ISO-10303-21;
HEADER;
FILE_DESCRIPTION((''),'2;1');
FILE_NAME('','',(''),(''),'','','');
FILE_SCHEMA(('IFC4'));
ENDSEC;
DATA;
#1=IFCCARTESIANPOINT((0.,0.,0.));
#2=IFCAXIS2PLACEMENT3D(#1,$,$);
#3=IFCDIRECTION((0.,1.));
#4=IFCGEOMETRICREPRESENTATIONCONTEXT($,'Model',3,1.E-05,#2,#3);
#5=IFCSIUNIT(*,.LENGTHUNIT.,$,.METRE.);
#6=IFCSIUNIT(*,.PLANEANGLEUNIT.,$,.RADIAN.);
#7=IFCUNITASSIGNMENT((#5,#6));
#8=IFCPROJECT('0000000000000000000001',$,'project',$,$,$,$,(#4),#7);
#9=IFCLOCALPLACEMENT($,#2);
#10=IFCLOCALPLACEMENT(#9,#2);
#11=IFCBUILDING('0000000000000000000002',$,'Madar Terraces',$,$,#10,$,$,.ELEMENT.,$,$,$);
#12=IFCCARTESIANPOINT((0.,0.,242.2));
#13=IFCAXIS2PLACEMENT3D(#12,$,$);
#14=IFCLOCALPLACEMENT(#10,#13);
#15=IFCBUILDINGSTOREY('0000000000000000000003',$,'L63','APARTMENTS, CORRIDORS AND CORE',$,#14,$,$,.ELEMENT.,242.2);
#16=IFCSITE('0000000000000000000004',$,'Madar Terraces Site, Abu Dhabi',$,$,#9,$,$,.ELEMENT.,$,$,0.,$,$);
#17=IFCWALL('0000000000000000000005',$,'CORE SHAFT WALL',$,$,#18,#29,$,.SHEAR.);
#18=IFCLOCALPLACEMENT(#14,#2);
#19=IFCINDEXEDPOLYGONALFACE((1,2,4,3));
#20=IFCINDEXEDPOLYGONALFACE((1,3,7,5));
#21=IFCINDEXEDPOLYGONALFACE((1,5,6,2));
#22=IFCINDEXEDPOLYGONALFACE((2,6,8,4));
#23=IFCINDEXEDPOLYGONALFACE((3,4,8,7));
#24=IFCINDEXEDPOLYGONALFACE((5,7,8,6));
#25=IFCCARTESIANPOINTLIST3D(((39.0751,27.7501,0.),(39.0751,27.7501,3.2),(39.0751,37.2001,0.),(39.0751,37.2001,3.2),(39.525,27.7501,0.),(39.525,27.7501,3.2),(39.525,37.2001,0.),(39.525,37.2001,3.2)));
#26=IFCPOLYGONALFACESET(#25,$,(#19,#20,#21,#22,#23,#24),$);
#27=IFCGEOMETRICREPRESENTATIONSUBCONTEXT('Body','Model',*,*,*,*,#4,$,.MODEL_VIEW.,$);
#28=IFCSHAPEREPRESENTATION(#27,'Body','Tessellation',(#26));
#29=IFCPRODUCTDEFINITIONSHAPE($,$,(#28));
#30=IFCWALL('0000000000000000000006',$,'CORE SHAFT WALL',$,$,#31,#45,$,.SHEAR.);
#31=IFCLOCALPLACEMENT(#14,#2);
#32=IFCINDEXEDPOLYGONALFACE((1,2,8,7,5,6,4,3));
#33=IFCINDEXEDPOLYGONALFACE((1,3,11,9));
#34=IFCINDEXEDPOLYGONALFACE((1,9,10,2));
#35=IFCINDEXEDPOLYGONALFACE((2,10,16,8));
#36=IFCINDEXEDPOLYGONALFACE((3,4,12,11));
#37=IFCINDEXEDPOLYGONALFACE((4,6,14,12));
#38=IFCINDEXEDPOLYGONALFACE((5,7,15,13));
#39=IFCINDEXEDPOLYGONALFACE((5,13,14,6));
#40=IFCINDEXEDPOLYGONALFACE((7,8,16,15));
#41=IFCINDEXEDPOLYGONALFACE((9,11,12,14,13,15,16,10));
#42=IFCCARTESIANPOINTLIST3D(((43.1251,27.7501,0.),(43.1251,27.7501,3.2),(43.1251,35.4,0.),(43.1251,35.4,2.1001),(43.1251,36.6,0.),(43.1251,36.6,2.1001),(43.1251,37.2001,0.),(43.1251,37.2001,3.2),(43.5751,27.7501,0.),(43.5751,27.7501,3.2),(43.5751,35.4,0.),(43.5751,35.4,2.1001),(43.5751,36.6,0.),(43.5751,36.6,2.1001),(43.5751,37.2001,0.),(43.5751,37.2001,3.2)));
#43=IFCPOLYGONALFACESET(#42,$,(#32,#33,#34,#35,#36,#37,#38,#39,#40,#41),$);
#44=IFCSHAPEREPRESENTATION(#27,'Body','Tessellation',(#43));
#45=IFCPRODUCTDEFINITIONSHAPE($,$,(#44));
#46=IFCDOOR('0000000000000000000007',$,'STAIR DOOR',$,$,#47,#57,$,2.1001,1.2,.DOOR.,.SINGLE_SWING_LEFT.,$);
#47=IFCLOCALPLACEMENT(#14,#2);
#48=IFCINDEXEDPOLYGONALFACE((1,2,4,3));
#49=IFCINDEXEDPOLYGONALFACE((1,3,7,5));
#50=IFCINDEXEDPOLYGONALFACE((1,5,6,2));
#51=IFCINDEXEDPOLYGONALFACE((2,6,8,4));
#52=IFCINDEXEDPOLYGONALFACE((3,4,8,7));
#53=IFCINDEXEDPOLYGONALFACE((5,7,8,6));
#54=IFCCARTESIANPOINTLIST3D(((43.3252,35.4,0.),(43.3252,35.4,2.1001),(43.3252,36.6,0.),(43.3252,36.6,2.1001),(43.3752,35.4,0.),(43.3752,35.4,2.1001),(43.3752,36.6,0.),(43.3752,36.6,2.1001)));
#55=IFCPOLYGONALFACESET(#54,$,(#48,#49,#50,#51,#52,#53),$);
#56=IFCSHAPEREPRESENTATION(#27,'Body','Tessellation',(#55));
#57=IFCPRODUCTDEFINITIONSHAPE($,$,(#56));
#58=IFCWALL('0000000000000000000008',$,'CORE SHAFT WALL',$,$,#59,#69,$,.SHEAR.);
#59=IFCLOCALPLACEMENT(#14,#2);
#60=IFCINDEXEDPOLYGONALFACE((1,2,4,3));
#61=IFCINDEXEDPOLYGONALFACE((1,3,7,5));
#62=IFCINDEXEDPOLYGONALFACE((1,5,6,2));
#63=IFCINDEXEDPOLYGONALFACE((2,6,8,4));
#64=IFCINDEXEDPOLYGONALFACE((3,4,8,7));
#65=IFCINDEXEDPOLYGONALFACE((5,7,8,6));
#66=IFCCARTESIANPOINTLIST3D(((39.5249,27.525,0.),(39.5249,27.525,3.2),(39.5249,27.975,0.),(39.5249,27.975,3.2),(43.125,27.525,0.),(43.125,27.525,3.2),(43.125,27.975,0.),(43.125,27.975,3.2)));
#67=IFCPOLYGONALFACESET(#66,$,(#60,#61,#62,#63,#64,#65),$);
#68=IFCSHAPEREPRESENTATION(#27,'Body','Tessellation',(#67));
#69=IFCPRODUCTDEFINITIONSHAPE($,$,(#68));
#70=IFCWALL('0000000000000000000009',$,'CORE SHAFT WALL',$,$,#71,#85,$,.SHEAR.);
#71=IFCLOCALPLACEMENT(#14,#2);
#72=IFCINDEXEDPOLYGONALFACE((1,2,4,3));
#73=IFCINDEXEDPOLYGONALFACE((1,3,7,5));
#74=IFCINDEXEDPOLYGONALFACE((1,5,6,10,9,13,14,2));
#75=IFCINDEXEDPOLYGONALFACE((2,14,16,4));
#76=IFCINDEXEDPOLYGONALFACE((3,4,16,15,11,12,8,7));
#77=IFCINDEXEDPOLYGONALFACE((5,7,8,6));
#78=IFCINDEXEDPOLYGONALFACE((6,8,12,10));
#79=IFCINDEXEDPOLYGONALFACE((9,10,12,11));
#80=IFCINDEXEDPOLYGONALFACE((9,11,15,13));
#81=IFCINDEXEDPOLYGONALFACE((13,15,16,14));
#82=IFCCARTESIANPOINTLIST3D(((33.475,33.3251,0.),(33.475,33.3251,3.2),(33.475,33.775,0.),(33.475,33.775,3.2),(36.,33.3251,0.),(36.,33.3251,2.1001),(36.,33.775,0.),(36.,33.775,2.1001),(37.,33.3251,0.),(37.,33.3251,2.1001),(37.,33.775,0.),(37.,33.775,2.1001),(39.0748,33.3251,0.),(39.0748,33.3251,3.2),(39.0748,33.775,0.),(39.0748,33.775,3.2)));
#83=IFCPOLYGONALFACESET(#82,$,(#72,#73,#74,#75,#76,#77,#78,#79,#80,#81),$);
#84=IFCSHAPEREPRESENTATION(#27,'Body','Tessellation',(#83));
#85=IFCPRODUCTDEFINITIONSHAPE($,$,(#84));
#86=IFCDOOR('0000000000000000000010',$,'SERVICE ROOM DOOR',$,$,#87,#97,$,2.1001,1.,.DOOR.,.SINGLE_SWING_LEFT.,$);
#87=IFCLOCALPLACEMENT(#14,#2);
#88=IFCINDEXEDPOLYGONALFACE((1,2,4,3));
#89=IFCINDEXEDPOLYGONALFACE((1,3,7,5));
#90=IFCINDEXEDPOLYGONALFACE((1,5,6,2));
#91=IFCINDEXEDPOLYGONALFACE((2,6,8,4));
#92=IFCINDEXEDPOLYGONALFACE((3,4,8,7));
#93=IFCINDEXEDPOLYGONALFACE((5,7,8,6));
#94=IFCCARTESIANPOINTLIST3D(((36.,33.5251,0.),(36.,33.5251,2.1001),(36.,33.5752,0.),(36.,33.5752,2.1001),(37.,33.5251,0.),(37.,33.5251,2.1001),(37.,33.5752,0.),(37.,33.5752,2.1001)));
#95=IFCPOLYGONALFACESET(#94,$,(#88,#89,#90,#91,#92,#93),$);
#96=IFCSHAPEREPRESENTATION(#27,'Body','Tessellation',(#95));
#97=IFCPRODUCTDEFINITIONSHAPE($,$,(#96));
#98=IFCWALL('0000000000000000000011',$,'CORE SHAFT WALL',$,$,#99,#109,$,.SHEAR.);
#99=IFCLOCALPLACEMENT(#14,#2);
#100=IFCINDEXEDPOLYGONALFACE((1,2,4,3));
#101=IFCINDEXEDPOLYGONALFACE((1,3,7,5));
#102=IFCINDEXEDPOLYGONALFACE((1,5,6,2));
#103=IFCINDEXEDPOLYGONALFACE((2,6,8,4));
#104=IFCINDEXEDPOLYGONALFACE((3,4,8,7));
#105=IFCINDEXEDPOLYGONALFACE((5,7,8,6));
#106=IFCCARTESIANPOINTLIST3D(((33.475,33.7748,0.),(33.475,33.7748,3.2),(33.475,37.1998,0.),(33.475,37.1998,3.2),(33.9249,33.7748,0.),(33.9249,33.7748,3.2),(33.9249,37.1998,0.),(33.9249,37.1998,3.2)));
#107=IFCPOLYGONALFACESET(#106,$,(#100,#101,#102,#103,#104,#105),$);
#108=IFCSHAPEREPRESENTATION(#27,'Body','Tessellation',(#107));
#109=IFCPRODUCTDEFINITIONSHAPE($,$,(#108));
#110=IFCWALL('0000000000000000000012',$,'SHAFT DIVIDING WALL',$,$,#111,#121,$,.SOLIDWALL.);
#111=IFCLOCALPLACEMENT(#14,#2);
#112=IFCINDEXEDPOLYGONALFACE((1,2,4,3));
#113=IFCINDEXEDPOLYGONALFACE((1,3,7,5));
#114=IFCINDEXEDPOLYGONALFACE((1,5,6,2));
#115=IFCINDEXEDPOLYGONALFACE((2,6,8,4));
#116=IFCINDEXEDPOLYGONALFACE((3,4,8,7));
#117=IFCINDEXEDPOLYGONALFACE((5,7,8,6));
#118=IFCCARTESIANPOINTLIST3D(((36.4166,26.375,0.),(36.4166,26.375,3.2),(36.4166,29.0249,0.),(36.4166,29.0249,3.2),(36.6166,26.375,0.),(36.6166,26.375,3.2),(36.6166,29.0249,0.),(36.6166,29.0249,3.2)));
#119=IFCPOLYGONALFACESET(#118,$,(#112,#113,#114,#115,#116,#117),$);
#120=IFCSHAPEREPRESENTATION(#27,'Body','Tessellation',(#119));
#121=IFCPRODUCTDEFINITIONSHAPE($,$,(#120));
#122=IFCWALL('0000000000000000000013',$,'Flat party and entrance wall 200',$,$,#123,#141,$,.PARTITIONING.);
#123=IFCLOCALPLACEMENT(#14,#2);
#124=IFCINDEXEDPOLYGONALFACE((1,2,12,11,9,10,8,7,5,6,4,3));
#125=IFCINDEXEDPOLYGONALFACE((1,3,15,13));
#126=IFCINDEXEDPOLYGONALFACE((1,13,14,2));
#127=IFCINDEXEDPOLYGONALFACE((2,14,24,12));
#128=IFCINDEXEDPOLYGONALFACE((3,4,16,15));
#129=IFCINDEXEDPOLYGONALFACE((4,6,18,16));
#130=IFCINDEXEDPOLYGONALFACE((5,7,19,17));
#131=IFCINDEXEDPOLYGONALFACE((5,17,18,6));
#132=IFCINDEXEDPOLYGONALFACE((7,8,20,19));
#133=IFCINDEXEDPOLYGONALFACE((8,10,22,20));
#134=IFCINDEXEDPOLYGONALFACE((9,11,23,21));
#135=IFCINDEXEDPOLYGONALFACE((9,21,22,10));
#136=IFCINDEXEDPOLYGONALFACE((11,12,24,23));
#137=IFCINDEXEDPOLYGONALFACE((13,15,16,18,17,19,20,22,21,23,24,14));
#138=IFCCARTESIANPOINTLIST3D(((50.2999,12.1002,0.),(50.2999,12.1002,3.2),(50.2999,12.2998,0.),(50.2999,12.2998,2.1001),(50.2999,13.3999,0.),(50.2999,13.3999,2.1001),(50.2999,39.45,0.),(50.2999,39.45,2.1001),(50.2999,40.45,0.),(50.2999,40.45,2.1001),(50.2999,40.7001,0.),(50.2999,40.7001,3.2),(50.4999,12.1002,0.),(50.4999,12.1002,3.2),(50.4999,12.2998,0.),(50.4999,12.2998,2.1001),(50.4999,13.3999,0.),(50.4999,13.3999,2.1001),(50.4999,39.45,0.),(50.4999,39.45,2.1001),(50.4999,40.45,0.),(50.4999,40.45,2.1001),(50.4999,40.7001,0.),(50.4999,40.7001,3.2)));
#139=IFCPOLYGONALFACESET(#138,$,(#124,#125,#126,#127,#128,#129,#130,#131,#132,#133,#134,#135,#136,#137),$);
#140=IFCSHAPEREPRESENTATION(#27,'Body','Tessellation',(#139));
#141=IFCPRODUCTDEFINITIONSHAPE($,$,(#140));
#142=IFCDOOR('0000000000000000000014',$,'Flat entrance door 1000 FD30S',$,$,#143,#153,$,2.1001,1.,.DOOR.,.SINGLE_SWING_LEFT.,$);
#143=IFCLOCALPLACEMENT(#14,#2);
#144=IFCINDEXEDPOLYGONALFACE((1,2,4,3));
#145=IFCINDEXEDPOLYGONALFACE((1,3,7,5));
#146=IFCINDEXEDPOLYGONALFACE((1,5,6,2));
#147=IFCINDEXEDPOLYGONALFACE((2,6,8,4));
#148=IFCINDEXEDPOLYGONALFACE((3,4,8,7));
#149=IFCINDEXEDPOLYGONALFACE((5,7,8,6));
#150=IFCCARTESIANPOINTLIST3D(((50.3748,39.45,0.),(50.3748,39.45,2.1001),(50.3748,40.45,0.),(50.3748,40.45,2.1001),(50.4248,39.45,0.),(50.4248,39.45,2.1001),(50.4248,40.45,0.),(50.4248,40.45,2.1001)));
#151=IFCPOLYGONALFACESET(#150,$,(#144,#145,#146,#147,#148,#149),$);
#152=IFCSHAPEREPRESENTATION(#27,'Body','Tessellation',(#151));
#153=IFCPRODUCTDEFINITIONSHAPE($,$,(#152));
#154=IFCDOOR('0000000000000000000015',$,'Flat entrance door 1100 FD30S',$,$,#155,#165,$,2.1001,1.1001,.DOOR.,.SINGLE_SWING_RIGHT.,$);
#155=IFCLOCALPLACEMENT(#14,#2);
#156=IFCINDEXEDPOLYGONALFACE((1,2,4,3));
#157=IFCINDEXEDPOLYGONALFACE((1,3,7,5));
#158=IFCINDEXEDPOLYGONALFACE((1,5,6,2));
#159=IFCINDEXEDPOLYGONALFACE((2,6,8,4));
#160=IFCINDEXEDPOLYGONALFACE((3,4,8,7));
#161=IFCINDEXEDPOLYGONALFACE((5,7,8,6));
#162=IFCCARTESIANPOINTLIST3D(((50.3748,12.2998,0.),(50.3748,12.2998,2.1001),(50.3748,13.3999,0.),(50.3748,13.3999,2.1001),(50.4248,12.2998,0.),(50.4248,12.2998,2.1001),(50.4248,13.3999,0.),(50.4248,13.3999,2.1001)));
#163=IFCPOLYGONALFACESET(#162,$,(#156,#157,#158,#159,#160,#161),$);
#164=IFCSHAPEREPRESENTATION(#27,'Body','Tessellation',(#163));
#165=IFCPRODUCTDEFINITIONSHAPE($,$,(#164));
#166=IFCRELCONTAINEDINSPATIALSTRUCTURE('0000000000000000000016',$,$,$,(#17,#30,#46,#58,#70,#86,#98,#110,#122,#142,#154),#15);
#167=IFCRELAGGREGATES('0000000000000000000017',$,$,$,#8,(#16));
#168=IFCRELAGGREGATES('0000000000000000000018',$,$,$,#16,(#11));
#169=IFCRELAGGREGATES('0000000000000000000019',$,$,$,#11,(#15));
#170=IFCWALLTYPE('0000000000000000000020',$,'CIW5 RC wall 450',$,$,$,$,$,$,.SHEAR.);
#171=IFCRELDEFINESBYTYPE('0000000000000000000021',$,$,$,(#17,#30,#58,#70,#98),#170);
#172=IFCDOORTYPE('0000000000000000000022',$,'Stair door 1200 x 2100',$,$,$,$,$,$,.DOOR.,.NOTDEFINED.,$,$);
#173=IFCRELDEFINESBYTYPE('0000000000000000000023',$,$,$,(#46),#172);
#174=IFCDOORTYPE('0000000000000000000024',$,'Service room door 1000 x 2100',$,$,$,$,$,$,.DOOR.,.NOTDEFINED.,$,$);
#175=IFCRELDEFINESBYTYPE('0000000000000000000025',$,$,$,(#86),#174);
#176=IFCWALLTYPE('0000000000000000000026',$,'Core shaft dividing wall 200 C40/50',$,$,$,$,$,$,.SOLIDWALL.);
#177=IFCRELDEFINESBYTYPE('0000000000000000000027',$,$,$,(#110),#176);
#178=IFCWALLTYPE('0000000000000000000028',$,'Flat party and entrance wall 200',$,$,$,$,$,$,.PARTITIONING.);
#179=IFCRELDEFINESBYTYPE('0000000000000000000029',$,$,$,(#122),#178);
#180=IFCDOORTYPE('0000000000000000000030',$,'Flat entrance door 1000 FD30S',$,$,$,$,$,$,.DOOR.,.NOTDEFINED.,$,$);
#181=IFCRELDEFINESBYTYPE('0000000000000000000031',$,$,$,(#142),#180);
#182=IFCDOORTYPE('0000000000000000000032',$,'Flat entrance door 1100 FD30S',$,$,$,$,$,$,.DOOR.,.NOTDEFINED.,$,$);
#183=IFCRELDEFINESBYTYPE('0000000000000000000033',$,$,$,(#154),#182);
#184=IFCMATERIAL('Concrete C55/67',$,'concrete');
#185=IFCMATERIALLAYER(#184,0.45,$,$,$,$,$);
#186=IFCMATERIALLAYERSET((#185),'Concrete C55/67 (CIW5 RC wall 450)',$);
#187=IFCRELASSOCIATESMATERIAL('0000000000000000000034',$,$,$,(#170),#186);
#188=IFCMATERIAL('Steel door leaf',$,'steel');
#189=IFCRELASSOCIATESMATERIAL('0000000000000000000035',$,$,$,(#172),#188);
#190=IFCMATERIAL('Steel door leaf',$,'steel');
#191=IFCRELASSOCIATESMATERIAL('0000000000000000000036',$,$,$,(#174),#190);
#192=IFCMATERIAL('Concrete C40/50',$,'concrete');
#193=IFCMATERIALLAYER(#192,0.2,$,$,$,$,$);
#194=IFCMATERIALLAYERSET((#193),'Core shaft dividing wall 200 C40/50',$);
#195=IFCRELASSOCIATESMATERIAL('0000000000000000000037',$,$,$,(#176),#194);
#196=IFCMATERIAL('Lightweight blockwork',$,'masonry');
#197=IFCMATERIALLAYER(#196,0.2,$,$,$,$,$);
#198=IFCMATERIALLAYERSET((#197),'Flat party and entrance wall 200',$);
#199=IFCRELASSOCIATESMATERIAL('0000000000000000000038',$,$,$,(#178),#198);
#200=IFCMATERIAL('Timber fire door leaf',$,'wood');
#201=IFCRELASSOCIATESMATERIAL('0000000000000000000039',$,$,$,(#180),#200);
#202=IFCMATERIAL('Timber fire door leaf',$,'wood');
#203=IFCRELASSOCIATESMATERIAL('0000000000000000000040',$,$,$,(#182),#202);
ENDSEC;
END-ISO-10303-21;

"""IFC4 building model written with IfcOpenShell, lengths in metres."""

from ifc_helpers import new_model, si_unit, direction, frame, frame_2d, origin, place, context, subcontext, project, spatial, rectangle, extrude, material, layer, layer_set, type_object, element, fill, save


model = new_model("IFC4")

# Units and contexts
model_context = context("Model", 3, precision=1e-05, world=origin(), true_north=direction((0.0, 1.0)))
body_context = subcontext(model_context, "Body", "Model", "MODEL_VIEW")
ifc_project = project(units=[si_unit("LENGTHUNIT", "METRE"), si_unit("PLANEANGLEUNIT", "RADIAN")], contexts=[model_context])

# Site, building, storey
site_placement = place(None, origin())
site = spatial("IfcSite", under=ifc_project, at=site_placement, Name="Madar Terraces Site, Abu Dhabi", CompositionType="ELEMENT", RefElevation=0.0)
building_placement = place(site_placement, origin())
building = spatial("IfcBuilding", under=site, at=building_placement, Name="Madar Terraces", CompositionType="ELEMENT")
storey_placement = place(building_placement, frame((0.0, 0.0, 242.2)))
storey = spatial("IfcBuildingStorey", under=building, at=storey_placement, Name="L63", Description="APARTMENTS, CORRIDORS AND CORE", CompositionType="ELEMENT", Elevation=242.2)

# Wall
ifc_material_1 = material(Name="Concrete C55/67", Category="concrete")
ifc_layer_1 = layer(ifc_material_1, 0.45)
ifc_layer_set_1 = layer_set([ifc_layer_1], Name="Concrete C55/67 (CIW5 RC wall 450)")
wall_type_1 = type_object("IfcWallType", Name="CIW5 RC wall 450", PredefinedType="SHEAR", material=ifc_layer_set_1)
wall_1_placement = place(storey_placement, frame((39.3, 27.75, 0.0), z_axis=(0.0, 0.0, 1.0), x_axis=(0.0, 1.0, 0.0)))
element("IfcWall", 1, at=wall_1_placement, inside=storey, type_object=wall_type_1, Name="CORE SHAFT WALL", PredefinedType="SHEAR", context=body_context, shape_type="SweptSolid", body=[
    extrude(rectangle(XDim=9.45, YDim=0.45, at=frame_2d((4.7251, 0.0))), origin(), (0.0, 0.0, 1.0), 3.2),
])

# Wall, opening, door
wall_2_placement = place(storey_placement, frame((43.3501, 27.75, 0.0), z_axis=(0.0, 0.0, 1.0), x_axis=(0.0, 1.0, 0.0)))
wall_2 = element("IfcWall", 2, at=wall_2_placement, inside=storey, type_object=wall_type_1, Name="CORE SHAFT WALL", PredefinedType="SHEAR", context=body_context, shape_type="SweptSolid", body=[
    extrude(rectangle(XDim=9.45, YDim=0.45, at=frame_2d((4.7251, 0.0))), origin(), (0.0, 0.0, 1.0), 3.2),
])
opening_1_placement = place(wall_2_placement, frame((7.6499, 0.0, 0.0)))
opening_1 = element("IfcOpeningElement", 3, at=opening_1_placement, cuts=wall_2, PredefinedType="OPENING", context=body_context, shape_type="SweptSolid", body=[
    extrude(rectangle(XDim=1.2, YDim=2.1001, at=frame_2d((0.6001, 1.05))), frame((0.0, 0.2349, 0.0), z_axis=(0.0, -1.0, 0.0), x_axis=(1.0, 0.0, 0.0)), (0.0, 0.0, 1.0), 0.47),
])
ifc_material_2 = material(Name="Steel door leaf", Category="steel")
door_type_1 = type_object("IfcDoorType", Name="Stair door 1200 x 2100", OperationType="NOTDEFINED", PredefinedType="DOOR", material=ifc_material_2)
door_1_placement = place(opening_1_placement, origin())
door_1 = element("IfcDoor", 4, at=door_1_placement, inside=storey, type_object=door_type_1, Name="STAIR DOOR", OperationType="SINGLE_SWING_LEFT", OverallHeight=2.1001, OverallWidth=1.2, PredefinedType="DOOR", context=body_context, shape_type="SweptSolid", body=[
    extrude(rectangle(XDim=1.2, YDim=2.1001, at=frame_2d((0.6001, 1.05))), frame((0.0, 0.0249, 0.0), z_axis=(0.0, -1.0, 0.0), x_axis=(1.0, 0.0, 0.0)), (0.0, 0.0, 1.0), 0.05),
])
fill(opening_1, door_1)

# Wall
wall_3_placement = place(storey_placement, frame((39.5249, 27.75, 0.0), z_axis=(0.0, 0.0, 1.0), x_axis=(1.0, 0.0, 0.0)))
element("IfcWall", 5, at=wall_3_placement, inside=storey, type_object=wall_type_1, Name="CORE SHAFT WALL", PredefinedType="SHEAR", context=body_context, shape_type="SweptSolid", body=[
    extrude(rectangle(XDim=3.6001, YDim=0.45, at=frame_2d((1.8, 0.0))), origin(), (0.0, 0.0, 1.0), 3.2),
])

# Wall, opening, door
wall_4_placement = place(storey_placement, frame((33.4751, 33.55, 0.0), z_axis=(0.0, 0.0, 1.0), x_axis=(1.0, 0.0, 0.0)))
wall_4 = element("IfcWall", 6, at=wall_4_placement, inside=storey, type_object=wall_type_1, Name="CORE SHAFT WALL", PredefinedType="SHEAR", context=body_context, shape_type="SweptSolid", body=[
    extrude(rectangle(XDim=5.5999, YDim=0.45, at=frame_2d((2.7998, 0.0))), origin(), (0.0, 0.0, 1.0), 3.2),
])
opening_2_placement = place(wall_4_placement, frame((2.5249, 0.0, 0.0)))
opening_2 = element("IfcOpeningElement", 7, at=opening_2_placement, cuts=wall_4, PredefinedType="OPENING", context=body_context, shape_type="SweptSolid", body=[
    extrude(rectangle(XDim=1.0, YDim=2.1001, at=frame_2d((0.5, 1.05))), frame((0.0, 0.2349, 0.0), z_axis=(0.0, -1.0, 0.0), x_axis=(1.0, 0.0, 0.0)), (0.0, 0.0, 1.0), 0.47),
])
ifc_material_3 = material(Name="Steel door leaf", Category="steel")
door_type_2 = type_object("IfcDoorType", Name="Service room door 1000 x 2100", OperationType="NOTDEFINED", PredefinedType="DOOR", material=ifc_material_3)
door_2_placement = place(opening_2_placement, frame((1.0, 0.0, 0.0), z_axis=(0.0, 0.0, 1.0), x_axis=(-1.0, 0.0, 0.0)))
door_2 = element("IfcDoor", 8, at=door_2_placement, inside=storey, type_object=door_type_2, Name="SERVICE ROOM DOOR", OperationType="SINGLE_SWING_LEFT", OverallHeight=2.1001, OverallWidth=1.0, PredefinedType="DOOR", context=body_context, shape_type="SweptSolid", body=[
    extrude(rectangle(XDim=1.0, YDim=2.1001, at=frame_2d((0.5, 1.05))), frame((0.0, 0.0249, 0.0), z_axis=(0.0, -1.0, 0.0), x_axis=(1.0, 0.0, 0.0)), (0.0, 0.0, 1.0), 0.05),
])
fill(opening_2, door_2)

# Walls
wall_5_placement = place(storey_placement, frame((33.7, 33.7749, 0.0), z_axis=(0.0, 0.0, 1.0), x_axis=(0.0, 1.0, 0.0)))
element("IfcWall", 9, at=wall_5_placement, inside=storey, type_object=wall_type_1, Name="CORE SHAFT WALL", PredefinedType="SHEAR", context=body_context, shape_type="SweptSolid", body=[
    extrude(rectangle(XDim=3.425, YDim=0.45, at=frame_2d((1.7124, 0.0))), origin(), (0.0, 0.0, 1.0), 3.2),
])
ifc_material_4 = material(Name="Concrete C40/50", Category="concrete")
ifc_layer_2 = layer(ifc_material_4, 0.2)
ifc_layer_set_2 = layer_set([ifc_layer_2], Name="Core shaft dividing wall 200 C40/50")
wall_type_2 = type_object("IfcWallType", Name="Core shaft dividing wall 200 C40/50", PredefinedType="SOLIDWALL", material=ifc_layer_set_2)
wall_6_placement = place(storey_placement, frame((36.5166, 26.375, 0.0), z_axis=(0.0, 0.0, 1.0), x_axis=(0.0, 1.0, 0.0)))
element("IfcWall", 10, at=wall_6_placement, inside=storey, type_object=wall_type_2, Name="SHAFT DIVIDING WALL", PredefinedType="SOLIDWALL", context=body_context, shape_type="SweptSolid", body=[
    extrude(rectangle(XDim=2.6499, YDim=0.2, at=frame_2d((1.325, 0.0))), origin(), (0.0, 0.0, 1.0), 3.2),
])

# Wall, openings, doors
ifc_material_5 = material(Name="Lightweight blockwork", Category="masonry")
ifc_layer_3 = layer(ifc_material_5, 0.2)
ifc_layer_set_3 = layer_set([ifc_layer_3], Name="Flat party and entrance wall 200")
wall_type_3 = type_object("IfcWallType", Name="Flat party and entrance wall 200", PredefinedType="PARTITIONING", material=ifc_layer_set_3)
wall_7_placement = place(storey_placement, frame((50.3999, 40.7, 0.0), z_axis=(0.0, 0.0, 1.0), x_axis=(0.0, -1.0, 0.0)))
wall_7 = element("IfcWall", 11, at=wall_7_placement, inside=storey, type_object=wall_type_3, Name="Flat party and entrance wall 200", PredefinedType="PARTITIONING", context=body_context, shape_type="SweptSolid", body=[
    extrude(rectangle(XDim=28.5999, YDim=0.2, at=frame_2d((14.2998, 0.0))), origin(), (0.0, 0.0, 1.0), 3.2),
])
opening_3_placement = place(wall_7_placement, frame((27.3, 0.0, 0.0)))
opening_3 = element("IfcOpeningElement", 12, at=opening_3_placement, cuts=wall_7, PredefinedType="OPENING", context=body_context, shape_type="SweptSolid", body=[
    extrude(rectangle(XDim=1.1001, YDim=2.1001, at=frame_2d((0.55, 1.05))), frame((0.0, 0.1099, 0.0), z_axis=(0.0, -1.0, 0.0), x_axis=(1.0, 0.0, 0.0)), (0.0, 0.0, 1.0), 0.22),
])
opening_4_placement = place(wall_7_placement, frame((0.25, 0.0, 0.0)))
opening_4 = element("IfcOpeningElement", 13, at=opening_4_placement, cuts=wall_7, PredefinedType="OPENING", context=body_context, shape_type="SweptSolid", body=[
    extrude(rectangle(XDim=1.0, YDim=2.1001, at=frame_2d((0.5, 1.05))), frame((0.0, 0.1099, 0.0), z_axis=(0.0, -1.0, 0.0), x_axis=(1.0, 0.0, 0.0)), (0.0, 0.0, 1.0), 0.22),
])
ifc_material_6 = material(Name="Timber fire door leaf", Category="wood")
door_type_3 = type_object("IfcDoorType", Name="Flat entrance door 1000 FD30S", OperationType="NOTDEFINED", PredefinedType="DOOR", material=ifc_material_6)
door_3_placement = place(opening_4_placement, origin())
door_3 = element("IfcDoor", 14, at=door_3_placement, inside=storey, type_object=door_type_3, Name="Flat entrance door 1000 FD30S", OperationType="SINGLE_SWING_LEFT", OverallHeight=2.1001, OverallWidth=1.0, PredefinedType="DOOR", context=body_context, shape_type="SweptSolid", body=[
    extrude(rectangle(XDim=1.0, YDim=2.1001, at=frame_2d((0.5, 1.05))), frame((0.0, 0.0249, 0.0), z_axis=(0.0, -1.0, 0.0), x_axis=(1.0, 0.0, 0.0)), (0.0, 0.0, 1.0), 0.05),
])
fill(opening_4, door_3)
ifc_material_7 = material(Name="Timber fire door leaf", Category="wood")
door_type_4 = type_object("IfcDoorType", Name="Flat entrance door 1100 FD30S", OperationType="NOTDEFINED", PredefinedType="DOOR", material=ifc_material_7)
door_4_placement = place(opening_3_placement, origin())
door_4 = element("IfcDoor", 15, at=door_4_placement, inside=storey, type_object=door_type_4, Name="Flat entrance door 1100 FD30S", OperationType="SINGLE_SWING_RIGHT", OverallHeight=2.1001, OverallWidth=1.1001, PredefinedType="DOOR", context=body_context, shape_type="SweptSolid", body=[
    extrude(rectangle(XDim=1.1001, YDim=2.1001, at=frame_2d((0.55, 1.05))), frame((0.0, 0.0249, 0.0), z_axis=(0.0, -1.0, 0.0), x_axis=(1.0, 0.0, 0.0)), (0.0, 0.0, 1.0), 0.05),
])
fill(opening_3, door_4)

save(model, "model.ifc")
